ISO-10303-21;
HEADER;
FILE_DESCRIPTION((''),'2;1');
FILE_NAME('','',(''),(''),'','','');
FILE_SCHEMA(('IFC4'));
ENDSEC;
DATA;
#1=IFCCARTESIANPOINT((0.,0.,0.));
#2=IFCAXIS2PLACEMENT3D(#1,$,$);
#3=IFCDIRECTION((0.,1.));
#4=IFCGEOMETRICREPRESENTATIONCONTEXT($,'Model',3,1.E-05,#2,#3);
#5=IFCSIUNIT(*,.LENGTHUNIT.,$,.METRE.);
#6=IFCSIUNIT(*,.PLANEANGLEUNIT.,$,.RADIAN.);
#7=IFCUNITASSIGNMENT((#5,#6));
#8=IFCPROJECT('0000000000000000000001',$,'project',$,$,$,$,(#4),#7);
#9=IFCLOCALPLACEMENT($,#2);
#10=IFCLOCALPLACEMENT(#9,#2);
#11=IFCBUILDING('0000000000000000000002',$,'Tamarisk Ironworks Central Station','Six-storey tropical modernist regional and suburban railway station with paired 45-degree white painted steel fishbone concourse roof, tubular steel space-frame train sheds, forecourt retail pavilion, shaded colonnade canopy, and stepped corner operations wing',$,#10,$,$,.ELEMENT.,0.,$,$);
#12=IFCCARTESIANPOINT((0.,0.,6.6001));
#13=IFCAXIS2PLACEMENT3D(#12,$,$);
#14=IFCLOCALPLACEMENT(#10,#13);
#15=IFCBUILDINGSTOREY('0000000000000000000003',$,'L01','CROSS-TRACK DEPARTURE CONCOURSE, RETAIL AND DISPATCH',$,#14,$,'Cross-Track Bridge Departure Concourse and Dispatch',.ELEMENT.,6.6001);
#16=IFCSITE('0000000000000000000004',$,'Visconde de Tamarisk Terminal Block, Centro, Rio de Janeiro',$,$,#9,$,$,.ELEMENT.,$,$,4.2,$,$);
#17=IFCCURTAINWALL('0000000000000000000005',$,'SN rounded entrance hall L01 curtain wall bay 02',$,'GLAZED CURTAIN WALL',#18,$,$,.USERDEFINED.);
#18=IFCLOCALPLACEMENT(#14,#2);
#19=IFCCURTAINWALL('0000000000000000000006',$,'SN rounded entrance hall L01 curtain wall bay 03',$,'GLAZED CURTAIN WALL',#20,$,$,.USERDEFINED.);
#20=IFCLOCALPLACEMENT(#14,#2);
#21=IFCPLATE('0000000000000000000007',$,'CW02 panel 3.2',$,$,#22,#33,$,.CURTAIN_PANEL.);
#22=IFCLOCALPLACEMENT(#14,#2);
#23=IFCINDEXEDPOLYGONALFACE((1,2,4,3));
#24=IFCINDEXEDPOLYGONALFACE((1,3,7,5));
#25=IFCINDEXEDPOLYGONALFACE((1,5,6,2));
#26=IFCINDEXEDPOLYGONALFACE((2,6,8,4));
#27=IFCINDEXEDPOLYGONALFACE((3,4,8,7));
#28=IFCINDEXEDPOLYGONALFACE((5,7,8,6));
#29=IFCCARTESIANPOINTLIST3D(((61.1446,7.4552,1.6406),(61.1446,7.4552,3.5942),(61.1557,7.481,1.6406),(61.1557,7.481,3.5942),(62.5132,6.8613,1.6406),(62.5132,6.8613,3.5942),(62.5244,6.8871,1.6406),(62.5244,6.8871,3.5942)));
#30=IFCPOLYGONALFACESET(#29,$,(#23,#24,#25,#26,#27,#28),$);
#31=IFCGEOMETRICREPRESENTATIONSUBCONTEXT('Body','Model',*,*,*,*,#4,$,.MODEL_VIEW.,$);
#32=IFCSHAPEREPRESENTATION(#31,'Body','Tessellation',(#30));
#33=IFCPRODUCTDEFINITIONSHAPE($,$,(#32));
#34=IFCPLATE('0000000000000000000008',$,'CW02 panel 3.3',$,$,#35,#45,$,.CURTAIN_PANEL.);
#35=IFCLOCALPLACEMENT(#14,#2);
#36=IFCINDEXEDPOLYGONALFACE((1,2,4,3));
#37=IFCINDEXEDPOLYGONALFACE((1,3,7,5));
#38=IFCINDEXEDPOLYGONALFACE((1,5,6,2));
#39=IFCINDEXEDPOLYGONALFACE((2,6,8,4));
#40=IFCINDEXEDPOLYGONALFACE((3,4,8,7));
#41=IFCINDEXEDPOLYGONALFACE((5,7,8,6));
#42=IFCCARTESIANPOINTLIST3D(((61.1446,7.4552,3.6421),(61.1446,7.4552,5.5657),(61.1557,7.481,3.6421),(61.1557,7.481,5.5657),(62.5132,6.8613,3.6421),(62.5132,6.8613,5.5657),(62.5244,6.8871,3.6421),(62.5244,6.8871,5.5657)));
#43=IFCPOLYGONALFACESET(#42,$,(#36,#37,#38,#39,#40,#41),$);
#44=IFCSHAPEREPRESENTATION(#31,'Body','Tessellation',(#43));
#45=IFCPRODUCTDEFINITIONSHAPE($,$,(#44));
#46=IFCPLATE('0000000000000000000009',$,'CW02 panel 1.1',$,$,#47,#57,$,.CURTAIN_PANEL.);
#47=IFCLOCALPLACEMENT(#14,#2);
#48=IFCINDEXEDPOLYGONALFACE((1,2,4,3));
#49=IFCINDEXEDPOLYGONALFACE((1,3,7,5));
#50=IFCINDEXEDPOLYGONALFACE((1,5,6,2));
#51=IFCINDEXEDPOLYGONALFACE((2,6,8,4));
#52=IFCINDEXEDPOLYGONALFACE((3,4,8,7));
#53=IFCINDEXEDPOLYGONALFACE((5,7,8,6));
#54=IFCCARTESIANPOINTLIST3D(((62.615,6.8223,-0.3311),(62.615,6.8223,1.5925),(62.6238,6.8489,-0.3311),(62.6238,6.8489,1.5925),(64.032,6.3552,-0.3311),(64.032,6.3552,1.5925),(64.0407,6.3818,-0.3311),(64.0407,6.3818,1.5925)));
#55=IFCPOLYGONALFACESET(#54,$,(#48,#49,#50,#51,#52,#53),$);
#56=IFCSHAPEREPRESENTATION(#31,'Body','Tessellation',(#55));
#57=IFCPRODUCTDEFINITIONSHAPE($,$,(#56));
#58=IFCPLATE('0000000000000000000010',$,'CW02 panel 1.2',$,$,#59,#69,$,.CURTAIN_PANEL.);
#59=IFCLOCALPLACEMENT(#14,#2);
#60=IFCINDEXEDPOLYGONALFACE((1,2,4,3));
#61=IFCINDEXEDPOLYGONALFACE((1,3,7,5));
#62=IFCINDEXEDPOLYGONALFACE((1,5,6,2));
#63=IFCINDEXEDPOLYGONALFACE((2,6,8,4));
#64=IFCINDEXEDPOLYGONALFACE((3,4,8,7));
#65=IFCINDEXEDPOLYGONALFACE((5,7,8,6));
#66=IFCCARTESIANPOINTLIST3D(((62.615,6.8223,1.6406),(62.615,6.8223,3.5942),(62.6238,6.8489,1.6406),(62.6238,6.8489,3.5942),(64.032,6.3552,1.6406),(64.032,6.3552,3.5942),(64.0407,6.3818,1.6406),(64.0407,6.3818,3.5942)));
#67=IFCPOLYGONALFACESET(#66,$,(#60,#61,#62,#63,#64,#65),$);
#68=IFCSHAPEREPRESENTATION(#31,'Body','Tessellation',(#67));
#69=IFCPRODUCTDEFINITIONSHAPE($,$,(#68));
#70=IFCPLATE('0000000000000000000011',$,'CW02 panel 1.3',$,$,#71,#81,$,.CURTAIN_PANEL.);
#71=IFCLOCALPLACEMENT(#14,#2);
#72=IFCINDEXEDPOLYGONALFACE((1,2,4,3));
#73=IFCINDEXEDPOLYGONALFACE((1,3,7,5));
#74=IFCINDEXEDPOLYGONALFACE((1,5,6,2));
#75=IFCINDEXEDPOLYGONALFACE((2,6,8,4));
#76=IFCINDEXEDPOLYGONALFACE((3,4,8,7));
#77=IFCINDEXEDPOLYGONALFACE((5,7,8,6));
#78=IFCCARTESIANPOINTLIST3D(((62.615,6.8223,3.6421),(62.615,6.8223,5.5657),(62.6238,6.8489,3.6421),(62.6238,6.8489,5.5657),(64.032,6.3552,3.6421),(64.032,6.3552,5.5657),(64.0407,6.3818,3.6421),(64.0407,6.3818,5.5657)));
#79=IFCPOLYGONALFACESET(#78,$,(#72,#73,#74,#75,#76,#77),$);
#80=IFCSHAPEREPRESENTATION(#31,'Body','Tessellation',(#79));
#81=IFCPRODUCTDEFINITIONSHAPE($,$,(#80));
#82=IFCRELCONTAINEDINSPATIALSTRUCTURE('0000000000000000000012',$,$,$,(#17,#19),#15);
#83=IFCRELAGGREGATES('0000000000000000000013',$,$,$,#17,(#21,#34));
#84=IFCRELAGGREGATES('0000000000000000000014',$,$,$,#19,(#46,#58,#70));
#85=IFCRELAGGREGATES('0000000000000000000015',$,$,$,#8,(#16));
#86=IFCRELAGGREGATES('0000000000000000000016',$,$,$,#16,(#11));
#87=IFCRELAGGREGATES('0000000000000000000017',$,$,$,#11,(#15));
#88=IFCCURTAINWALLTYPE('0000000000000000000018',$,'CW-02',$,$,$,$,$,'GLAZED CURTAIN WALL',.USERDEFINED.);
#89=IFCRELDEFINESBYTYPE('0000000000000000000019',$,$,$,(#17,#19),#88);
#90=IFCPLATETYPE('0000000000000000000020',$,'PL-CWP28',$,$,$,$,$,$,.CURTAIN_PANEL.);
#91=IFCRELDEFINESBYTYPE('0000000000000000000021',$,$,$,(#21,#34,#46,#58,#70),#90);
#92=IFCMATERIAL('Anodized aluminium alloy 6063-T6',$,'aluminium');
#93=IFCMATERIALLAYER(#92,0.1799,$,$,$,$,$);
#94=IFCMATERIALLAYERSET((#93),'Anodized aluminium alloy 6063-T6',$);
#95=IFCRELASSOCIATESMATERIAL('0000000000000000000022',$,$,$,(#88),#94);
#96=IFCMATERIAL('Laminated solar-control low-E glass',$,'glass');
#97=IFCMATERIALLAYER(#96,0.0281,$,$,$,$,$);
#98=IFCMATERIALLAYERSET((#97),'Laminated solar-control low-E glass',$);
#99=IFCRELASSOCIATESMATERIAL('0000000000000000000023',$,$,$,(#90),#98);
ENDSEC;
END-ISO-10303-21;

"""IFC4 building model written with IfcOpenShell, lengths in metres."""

from ifc_helpers import new_model, si_unit, direction, frame, origin, origin_2d, place, context, subcontext, project, spatial, rectangle, extrude, material, layer, layer_set, type_object, element, aggregate, save


model = new_model("IFC4")

# Units and contexts
model_context = context("Model", 3, precision=1e-05, world=origin(), true_north=direction((0.0, 1.0)))
body_context = subcontext(model_context, "Body", "Model", "MODEL_VIEW")
ifc_project = project(units=[si_unit("LENGTHUNIT", "METRE"), si_unit("PLANEANGLEUNIT", "RADIAN")], contexts=[model_context])

# Site, building, storey
site_placement = place(None, origin())
site = spatial("IfcSite", under=ifc_project, at=site_placement, Name="Visconde de Tamarisk Terminal Block, Centro, Rio de Janeiro", CompositionType="ELEMENT", RefElevation=4.2)
building_placement = place(site_placement, origin())
building = spatial("IfcBuilding", under=site, at=building_placement, Name="Tamarisk Ironworks Central Station", Description="Six-storey tropical modernist regional and suburban railway station with paired 45-degree white painted steel fishbone concourse roof, tubular steel space-frame train sheds, forecourt retail pavilion, shaded colonnade canopy, and stepped corner operations wing", CompositionType="ELEMENT", ElevationOfRefHeight=0.0)
storey_placement = place(building_placement, frame((0.0, 0.0, 6.6001)))
storey = spatial("IfcBuildingStorey", under=building, at=storey_placement, Name="L01", Description="CROSS-TRACK DEPARTURE CONCOURSE, RETAIL AND DISPATCH", LongName="Cross-Track Bridge Departure Concourse and Dispatch", CompositionType="ELEMENT", Elevation=6.6001)

# Curtain walls
ifc_material_1 = material(Name="Anodized aluminium alloy 6063-T6", Category="aluminium")
ifc_layer_1 = layer(ifc_material_1, 0.1799)
ifc_layer_set_1 = layer_set([ifc_layer_1], Name="Anodized aluminium alloy 6063-T6")
curtain_wall_type = type_object("IfcCurtainWallType", Name="CW-02", ElementType="GLAZED CURTAIN WALL", PredefinedType="USERDEFINED", material=ifc_layer_set_1)
curtain_wall_1_placement = place(storey_placement, origin())
curtain_wall_1 = element("IfcCurtainWall", 1, at=curtain_wall_1_placement, inside=storey, type_object=curtain_wall_type, Name="SN rounded entrance hall L01 curtain wall bay 02", ObjectType="GLAZED CURTAIN WALL", PredefinedType="USERDEFINED")
curtain_wall_2_placement = place(storey_placement, origin())
curtain_wall_2 = element("IfcCurtainWall", 2, at=curtain_wall_2_placement, inside=storey, type_object=curtain_wall_type, Name="SN rounded entrance hall L01 curtain wall bay 03", ObjectType="GLAZED CURTAIN WALL", PredefinedType="USERDEFINED")

# Plates
ifc_material_2 = material(Name="Laminated solar-control low-E glass", Category="glass")
ifc_layer_2 = layer(ifc_material_2, 0.0281)
ifc_layer_set_2 = layer_set([ifc_layer_2], Name="Laminated solar-control low-E glass")
plate_type = type_object("IfcPlateType", Name="PL-CWP28", PredefinedType="CURTAIN_PANEL", material=ifc_layer_set_2)
plate_1_placement = place(storey_placement, frame((61.8345, 7.1711, 1.6406), z_axis=(0.0, 0.0, 1.0), x_axis=(0.917352, -0.398077, 0.0)))
plate_1 = element("IfcPlate", 3, at=plate_1_placement, type_object=plate_type, Name="CW02 panel 3.2", PredefinedType="CURTAIN_PANEL", context=body_context, shape_type="SweptSolid", body=[
    extrude(rectangle(XDim=1.4919, YDim=0.0281, at=origin_2d()), origin(), (0.0, 0.0, 1.0), 1.9536),
])
plate_2_placement = place(storey_placement, frame((61.8345, 7.1711, 3.6421), z_axis=(0.0, 0.0, 1.0), x_axis=(0.917352, -0.398077, 0.0)))
plate_2 = element("IfcPlate", 4, at=plate_2_placement, type_object=plate_type, Name="CW02 panel 3.3", PredefinedType="CURTAIN_PANEL", context=body_context, shape_type="SweptSolid", body=[
    extrude(rectangle(XDim=1.4919, YDim=0.0281, at=origin_2d()), origin(), (0.0, 0.0, 1.0), 1.9236),
])
aggregate(curtain_wall_1, [plate_1, plate_2])
plate_3_placement = place(storey_placement, frame((63.3279, 6.6021, -0.3311), z_axis=(0.0, 0.0, 1.0), x_axis=(0.949721, -0.313098, 0.0)))
plate_3 = element("IfcPlate", 5, at=plate_3_placement, type_object=plate_type, Name="CW02 panel 1.1", PredefinedType="CURTAIN_PANEL", context=body_context, shape_type="SweptSolid", body=[
    extrude(rectangle(XDim=1.4919, YDim=0.0281, at=origin_2d()), origin(), (0.0, 0.0, 1.0), 1.9236),
])
plate_4_placement = place(storey_placement, frame((63.3279, 6.6021, 1.6406), z_axis=(0.0, 0.0, 1.0), x_axis=(0.949721, -0.313098, 0.0)))
plate_4 = element("IfcPlate", 6, at=plate_4_placement, type_object=plate_type, Name="CW02 panel 1.2", PredefinedType="CURTAIN_PANEL", context=body_context, shape_type="SweptSolid", body=[
    extrude(rectangle(XDim=1.4919, YDim=0.0281, at=origin_2d()), origin(), (0.0, 0.0, 1.0), 1.9536),
])
plate_5_placement = place(storey_placement, frame((63.3279, 6.6021, 3.6421), z_axis=(0.0, 0.0, 1.0), x_axis=(0.949721, -0.313098, 0.0)))
plate_5 = element("IfcPlate", 7, at=plate_5_placement, type_object=plate_type, Name="CW02 panel 1.3", PredefinedType="CURTAIN_PANEL", context=body_context, shape_type="SweptSolid", body=[
    extrude(rectangle(XDim=1.4919, YDim=0.0281, at=origin_2d()), origin(), (0.0, 0.0, 1.0), 1.9236),
])
aggregate(curtain_wall_2, [plate_3, plate_4, plate_5])

save(model, "model.ifc")
